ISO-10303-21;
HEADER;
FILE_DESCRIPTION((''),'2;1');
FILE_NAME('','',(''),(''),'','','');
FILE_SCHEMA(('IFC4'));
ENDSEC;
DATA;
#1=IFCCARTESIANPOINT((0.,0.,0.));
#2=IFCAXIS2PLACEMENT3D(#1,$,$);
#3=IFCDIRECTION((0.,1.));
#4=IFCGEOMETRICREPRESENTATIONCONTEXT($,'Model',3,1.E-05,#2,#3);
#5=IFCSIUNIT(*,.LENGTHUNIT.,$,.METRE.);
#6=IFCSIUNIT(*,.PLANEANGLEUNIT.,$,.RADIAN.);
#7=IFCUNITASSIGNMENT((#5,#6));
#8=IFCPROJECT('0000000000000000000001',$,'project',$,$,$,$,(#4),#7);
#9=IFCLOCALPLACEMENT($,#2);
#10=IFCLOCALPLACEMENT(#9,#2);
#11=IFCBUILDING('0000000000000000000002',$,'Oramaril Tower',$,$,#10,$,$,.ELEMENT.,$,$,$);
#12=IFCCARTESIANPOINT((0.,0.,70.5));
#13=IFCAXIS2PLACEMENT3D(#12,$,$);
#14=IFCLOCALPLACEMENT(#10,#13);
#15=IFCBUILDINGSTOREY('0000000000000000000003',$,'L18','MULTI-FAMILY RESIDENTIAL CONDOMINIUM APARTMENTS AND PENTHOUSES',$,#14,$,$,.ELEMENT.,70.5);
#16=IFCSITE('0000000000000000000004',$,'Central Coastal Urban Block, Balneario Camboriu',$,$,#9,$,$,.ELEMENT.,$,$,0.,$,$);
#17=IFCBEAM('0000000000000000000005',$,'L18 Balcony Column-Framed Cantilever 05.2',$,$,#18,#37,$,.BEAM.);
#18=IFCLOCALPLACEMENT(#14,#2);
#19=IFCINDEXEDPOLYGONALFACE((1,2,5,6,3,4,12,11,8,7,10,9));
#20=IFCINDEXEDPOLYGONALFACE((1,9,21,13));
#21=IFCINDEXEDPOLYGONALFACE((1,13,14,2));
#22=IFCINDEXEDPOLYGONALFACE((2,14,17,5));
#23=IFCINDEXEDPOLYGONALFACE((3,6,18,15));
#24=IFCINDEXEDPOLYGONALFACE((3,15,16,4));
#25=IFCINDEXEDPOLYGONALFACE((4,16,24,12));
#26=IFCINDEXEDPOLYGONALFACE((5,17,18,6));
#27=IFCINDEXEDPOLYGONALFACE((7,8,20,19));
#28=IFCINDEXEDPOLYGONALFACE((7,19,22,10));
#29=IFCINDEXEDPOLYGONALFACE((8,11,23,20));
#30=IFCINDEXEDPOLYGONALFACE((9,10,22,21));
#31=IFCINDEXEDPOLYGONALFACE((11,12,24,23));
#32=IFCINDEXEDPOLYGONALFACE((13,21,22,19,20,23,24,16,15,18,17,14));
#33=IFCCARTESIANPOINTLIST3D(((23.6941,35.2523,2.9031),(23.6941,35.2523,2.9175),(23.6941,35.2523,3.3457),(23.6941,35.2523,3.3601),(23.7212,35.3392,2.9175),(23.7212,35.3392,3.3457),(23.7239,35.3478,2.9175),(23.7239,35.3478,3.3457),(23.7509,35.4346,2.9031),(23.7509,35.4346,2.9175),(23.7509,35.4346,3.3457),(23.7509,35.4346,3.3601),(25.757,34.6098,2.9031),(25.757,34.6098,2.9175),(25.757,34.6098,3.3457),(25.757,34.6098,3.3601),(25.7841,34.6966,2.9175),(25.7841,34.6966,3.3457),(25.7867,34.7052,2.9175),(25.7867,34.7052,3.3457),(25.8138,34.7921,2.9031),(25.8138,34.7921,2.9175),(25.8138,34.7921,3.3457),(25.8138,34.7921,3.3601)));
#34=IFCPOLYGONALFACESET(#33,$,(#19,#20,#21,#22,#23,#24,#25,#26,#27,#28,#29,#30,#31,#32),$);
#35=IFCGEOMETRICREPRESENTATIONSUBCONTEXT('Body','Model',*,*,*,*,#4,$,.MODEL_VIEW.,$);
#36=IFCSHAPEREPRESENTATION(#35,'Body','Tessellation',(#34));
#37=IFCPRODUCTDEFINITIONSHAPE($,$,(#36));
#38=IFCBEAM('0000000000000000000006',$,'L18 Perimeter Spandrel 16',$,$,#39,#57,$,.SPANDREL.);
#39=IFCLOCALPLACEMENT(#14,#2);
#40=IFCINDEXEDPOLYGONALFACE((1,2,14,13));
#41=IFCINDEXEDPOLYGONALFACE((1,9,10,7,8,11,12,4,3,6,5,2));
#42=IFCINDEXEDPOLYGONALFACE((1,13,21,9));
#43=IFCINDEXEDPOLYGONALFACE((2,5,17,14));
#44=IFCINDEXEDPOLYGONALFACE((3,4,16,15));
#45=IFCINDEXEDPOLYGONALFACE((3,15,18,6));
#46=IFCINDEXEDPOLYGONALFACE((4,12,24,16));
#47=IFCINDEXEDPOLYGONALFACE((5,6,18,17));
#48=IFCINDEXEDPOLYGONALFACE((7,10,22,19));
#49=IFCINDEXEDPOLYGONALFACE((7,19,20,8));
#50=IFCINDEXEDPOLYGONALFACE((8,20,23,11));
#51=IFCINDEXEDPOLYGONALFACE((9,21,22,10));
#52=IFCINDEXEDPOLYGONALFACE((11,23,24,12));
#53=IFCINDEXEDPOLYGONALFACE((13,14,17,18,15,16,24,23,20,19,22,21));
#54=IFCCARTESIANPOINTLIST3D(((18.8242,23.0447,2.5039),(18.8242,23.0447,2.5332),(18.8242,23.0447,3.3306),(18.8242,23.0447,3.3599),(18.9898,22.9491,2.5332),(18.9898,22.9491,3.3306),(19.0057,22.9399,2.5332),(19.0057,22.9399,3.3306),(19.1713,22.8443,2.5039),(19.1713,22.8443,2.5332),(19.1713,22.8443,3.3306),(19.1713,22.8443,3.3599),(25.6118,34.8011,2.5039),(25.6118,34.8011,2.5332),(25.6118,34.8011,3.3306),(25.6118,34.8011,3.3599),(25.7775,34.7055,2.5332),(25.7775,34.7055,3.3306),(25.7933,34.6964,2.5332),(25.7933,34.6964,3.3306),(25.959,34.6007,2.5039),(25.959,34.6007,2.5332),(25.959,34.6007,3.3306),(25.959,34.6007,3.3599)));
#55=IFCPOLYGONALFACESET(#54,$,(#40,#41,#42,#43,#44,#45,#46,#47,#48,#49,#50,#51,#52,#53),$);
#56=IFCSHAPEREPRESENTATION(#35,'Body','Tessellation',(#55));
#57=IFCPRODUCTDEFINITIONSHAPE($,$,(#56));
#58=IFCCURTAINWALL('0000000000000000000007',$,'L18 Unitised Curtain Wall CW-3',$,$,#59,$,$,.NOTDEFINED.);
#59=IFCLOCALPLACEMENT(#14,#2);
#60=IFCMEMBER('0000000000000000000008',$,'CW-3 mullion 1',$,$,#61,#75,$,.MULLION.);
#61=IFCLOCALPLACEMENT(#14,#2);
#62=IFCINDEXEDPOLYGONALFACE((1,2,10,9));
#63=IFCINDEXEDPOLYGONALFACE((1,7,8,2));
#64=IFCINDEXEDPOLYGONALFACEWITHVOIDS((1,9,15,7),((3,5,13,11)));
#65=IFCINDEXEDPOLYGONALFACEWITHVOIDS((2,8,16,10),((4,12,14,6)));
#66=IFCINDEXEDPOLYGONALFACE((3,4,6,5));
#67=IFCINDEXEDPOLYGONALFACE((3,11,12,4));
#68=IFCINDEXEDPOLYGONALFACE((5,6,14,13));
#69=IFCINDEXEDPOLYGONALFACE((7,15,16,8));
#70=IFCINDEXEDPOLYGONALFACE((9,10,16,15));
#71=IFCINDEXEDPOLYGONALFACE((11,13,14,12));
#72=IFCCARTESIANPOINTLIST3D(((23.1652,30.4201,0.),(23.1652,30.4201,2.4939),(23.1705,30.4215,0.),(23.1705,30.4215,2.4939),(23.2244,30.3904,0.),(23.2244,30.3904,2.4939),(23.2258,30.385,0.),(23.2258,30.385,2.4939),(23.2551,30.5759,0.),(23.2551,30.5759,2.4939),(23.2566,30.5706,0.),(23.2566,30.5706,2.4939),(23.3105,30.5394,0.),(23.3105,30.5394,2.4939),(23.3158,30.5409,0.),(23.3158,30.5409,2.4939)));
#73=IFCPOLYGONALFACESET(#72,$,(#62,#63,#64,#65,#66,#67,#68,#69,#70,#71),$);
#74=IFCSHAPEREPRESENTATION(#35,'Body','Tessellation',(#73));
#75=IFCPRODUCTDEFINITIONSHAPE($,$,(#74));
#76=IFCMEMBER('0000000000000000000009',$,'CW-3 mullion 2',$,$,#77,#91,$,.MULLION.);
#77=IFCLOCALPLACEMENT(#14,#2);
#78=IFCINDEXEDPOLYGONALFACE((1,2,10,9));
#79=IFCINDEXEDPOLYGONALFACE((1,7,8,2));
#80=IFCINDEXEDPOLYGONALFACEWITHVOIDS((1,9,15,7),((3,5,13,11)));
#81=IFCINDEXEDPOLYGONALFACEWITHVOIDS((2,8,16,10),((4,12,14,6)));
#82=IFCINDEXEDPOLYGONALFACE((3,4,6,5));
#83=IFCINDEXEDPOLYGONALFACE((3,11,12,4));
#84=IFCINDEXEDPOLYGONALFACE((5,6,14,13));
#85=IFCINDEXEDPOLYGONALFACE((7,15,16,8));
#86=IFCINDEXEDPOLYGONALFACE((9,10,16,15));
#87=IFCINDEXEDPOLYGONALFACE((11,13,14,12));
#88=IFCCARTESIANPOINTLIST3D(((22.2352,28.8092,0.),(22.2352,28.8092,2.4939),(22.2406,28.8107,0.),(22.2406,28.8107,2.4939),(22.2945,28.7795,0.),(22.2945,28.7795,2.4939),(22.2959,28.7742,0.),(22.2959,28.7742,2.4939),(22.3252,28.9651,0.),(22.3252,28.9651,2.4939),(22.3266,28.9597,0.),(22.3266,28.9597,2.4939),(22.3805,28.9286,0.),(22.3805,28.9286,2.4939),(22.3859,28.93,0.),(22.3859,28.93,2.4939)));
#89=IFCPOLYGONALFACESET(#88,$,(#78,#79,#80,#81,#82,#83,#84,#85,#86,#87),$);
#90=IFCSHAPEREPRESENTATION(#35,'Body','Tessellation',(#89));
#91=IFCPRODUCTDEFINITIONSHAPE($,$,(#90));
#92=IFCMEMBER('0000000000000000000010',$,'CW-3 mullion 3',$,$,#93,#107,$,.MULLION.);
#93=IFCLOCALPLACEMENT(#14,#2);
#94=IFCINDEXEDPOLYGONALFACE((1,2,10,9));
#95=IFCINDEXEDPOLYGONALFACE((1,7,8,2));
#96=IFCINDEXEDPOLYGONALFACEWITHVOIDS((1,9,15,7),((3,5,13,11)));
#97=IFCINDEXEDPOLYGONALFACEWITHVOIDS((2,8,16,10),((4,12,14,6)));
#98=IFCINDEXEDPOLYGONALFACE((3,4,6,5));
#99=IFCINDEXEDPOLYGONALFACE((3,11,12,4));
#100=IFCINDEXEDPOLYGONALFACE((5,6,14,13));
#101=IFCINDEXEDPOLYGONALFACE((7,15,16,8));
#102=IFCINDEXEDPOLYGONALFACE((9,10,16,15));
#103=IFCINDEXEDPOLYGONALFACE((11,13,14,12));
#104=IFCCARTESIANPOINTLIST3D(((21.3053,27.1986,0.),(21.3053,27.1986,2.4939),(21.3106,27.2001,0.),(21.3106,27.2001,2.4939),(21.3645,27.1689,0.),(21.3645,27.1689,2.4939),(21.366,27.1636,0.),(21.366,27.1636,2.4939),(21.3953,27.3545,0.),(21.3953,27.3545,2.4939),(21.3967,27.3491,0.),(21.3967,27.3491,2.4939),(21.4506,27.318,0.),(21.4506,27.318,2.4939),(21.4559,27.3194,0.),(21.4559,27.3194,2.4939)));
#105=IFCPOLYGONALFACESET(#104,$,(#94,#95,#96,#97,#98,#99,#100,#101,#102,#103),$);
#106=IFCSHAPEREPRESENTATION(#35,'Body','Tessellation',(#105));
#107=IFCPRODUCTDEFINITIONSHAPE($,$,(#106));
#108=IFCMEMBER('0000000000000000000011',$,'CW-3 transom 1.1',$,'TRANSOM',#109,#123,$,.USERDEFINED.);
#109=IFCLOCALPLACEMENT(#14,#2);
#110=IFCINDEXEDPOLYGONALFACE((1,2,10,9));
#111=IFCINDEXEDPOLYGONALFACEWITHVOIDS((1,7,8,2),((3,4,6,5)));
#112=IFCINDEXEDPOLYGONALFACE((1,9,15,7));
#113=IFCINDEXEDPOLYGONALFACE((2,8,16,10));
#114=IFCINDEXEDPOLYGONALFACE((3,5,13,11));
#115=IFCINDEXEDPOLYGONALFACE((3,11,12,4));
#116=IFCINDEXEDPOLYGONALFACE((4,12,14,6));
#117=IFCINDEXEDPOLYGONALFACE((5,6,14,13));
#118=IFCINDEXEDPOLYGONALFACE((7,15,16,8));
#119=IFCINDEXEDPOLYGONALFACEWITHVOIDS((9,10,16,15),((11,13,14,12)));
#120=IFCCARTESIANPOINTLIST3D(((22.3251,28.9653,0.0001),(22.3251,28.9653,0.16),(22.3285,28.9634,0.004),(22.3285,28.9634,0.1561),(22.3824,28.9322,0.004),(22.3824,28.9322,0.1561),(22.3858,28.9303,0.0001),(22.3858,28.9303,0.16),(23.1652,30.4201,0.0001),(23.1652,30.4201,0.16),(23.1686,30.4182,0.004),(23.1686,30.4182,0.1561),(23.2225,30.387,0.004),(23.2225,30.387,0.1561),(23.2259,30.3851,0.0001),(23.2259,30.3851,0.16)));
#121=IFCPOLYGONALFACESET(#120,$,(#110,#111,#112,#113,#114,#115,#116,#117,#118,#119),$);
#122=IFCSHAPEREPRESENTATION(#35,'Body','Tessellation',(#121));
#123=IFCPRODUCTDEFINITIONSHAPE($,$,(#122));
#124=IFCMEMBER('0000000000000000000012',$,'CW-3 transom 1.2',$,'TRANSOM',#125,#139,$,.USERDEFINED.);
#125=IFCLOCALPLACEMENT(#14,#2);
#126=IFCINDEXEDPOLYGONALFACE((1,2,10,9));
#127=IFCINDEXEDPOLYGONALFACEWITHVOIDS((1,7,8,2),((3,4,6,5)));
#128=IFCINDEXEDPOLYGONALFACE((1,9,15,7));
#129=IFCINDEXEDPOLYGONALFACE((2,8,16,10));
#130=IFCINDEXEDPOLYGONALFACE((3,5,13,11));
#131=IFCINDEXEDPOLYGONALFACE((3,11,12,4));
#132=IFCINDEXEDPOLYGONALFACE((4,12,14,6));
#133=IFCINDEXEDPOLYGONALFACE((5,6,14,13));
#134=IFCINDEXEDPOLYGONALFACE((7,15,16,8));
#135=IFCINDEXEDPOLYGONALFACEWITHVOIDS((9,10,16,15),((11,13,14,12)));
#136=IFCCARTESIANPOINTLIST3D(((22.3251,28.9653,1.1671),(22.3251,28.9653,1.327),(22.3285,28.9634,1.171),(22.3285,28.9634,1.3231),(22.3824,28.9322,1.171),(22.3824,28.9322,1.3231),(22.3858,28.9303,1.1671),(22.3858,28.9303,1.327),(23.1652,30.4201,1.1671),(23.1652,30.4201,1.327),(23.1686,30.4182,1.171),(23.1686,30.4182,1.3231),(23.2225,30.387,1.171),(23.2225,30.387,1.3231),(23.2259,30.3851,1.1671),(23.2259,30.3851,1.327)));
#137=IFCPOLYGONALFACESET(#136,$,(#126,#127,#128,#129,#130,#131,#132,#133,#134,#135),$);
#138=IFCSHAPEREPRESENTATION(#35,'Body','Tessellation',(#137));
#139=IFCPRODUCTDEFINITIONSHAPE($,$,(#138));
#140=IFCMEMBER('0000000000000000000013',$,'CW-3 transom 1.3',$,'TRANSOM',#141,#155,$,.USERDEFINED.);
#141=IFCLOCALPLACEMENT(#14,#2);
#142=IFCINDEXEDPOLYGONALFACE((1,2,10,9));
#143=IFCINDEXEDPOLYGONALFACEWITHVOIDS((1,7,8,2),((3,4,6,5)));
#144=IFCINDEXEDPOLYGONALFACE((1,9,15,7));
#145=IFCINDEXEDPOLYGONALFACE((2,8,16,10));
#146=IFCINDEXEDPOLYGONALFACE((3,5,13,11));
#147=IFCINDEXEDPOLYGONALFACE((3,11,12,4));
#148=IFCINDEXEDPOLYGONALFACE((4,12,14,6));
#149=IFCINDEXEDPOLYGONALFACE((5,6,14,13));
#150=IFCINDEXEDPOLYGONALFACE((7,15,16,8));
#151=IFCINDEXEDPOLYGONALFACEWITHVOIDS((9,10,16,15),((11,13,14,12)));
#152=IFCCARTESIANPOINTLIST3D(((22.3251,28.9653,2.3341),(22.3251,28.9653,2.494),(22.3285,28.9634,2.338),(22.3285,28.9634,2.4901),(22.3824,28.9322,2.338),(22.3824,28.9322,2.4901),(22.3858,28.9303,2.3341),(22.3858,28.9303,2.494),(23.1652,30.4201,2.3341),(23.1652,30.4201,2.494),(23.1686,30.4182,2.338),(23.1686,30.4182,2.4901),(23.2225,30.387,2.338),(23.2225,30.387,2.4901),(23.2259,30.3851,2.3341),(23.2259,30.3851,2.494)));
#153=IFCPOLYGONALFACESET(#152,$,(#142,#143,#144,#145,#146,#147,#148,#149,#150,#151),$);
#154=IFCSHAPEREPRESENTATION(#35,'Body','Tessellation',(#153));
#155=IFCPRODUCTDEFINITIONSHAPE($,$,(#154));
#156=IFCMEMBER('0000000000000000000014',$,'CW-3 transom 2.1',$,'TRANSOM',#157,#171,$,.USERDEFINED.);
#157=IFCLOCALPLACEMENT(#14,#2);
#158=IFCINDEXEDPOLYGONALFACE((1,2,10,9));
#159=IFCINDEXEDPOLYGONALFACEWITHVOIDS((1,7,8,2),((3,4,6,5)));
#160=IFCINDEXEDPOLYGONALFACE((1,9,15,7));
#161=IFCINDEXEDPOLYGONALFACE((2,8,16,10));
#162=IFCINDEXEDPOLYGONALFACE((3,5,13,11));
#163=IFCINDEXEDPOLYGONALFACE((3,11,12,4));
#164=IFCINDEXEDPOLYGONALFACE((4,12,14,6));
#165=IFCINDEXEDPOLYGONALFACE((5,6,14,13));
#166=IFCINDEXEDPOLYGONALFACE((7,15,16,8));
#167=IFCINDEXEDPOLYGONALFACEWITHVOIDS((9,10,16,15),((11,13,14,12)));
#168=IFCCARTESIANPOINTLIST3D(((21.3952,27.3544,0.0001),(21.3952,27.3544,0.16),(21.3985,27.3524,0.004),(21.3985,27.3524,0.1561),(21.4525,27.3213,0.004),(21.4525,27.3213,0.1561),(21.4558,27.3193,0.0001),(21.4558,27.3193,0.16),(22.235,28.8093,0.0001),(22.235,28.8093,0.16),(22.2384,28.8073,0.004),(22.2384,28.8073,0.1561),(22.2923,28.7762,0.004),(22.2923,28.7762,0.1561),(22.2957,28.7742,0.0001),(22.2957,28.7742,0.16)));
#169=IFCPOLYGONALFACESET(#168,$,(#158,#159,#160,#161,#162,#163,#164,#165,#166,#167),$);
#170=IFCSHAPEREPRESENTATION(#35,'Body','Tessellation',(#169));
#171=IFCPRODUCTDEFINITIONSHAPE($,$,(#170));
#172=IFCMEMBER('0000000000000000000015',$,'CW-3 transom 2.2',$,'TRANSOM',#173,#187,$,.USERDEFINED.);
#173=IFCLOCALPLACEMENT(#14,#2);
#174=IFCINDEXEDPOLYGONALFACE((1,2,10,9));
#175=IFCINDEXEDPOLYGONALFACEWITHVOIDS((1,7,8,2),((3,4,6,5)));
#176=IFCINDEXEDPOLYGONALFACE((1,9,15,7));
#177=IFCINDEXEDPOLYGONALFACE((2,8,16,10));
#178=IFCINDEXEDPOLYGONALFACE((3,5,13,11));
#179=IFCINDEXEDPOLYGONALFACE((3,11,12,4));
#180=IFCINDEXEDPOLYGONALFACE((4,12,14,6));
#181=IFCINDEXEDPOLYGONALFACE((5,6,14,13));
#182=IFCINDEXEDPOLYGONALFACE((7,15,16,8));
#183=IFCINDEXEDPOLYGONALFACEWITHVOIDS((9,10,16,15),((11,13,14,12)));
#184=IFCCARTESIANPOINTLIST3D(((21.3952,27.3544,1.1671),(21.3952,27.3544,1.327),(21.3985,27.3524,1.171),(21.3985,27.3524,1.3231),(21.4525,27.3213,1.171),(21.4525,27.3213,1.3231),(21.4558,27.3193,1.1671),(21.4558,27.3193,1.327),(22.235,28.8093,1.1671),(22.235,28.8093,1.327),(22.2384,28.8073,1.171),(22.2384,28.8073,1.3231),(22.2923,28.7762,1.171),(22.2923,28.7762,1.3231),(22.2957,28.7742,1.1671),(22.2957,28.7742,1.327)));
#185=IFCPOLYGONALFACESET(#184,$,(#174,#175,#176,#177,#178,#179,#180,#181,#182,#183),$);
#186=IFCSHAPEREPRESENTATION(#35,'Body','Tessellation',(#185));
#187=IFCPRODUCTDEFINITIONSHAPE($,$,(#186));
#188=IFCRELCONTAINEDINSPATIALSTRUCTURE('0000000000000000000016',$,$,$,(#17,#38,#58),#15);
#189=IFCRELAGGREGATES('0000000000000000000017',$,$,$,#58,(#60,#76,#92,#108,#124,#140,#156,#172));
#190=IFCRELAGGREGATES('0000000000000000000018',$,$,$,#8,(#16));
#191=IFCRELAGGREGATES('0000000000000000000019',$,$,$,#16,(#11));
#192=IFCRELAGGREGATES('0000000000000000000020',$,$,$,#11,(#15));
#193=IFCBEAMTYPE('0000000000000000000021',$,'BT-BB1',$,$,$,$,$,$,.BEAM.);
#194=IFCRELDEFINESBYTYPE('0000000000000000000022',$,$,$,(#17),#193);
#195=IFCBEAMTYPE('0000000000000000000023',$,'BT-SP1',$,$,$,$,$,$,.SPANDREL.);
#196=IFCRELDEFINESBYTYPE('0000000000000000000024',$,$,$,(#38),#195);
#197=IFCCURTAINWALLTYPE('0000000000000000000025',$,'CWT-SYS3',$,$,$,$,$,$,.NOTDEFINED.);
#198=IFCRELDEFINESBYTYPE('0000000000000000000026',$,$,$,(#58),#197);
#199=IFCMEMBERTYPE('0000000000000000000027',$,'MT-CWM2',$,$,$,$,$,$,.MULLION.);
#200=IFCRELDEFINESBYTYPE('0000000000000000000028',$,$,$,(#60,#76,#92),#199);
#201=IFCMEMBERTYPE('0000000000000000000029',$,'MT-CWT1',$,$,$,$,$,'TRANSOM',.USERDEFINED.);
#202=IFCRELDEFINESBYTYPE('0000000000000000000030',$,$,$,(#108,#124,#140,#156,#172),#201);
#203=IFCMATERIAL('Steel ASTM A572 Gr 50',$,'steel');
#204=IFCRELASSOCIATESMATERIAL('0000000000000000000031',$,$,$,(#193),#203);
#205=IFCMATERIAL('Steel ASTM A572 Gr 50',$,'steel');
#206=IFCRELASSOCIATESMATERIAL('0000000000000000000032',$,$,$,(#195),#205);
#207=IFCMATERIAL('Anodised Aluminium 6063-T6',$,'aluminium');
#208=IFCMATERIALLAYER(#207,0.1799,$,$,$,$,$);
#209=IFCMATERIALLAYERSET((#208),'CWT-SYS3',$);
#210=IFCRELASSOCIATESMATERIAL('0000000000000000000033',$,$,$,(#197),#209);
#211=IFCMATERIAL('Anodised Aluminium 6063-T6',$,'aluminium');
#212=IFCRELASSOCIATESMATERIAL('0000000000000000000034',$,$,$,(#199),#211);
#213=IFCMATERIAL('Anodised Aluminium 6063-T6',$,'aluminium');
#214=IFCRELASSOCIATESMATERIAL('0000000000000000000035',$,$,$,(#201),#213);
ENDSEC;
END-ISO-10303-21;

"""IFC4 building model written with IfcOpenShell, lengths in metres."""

from ifc_helpers import new_model, si_unit, direction, frame, origin, origin_2d, place, context, subcontext, project, spatial, hollow_rectangle, i_section, extrude, material, layer, layer_set, material_profile, profile_set, type_object, element, aggregate, save


model = new_model("IFC4")

# Units and contexts
model_context = context("Model", 3, precision=1e-05, world=origin(), true_north=direction((0.0, 1.0)))
body_context = subcontext(model_context, "Body", "Model", "MODEL_VIEW")
ifc_project = project(units=[si_unit("LENGTHUNIT", "METRE"), si_unit("PLANEANGLEUNIT", "RADIAN")], contexts=[model_context])

# Site, building, storey
site_placement = place(None, origin())
site = spatial("IfcSite", under=ifc_project, at=site_placement, Name="Central Coastal Urban Block, Balneario Camboriu", CompositionType="ELEMENT", RefElevation=0.0)
building_placement = place(site_placement, origin())
building = spatial("IfcBuilding", under=site, at=building_placement, Name="Oramaril Tower", CompositionType="ELEMENT")
storey_placement = place(building_placement, frame((0.0, 0.0, 70.5)))
storey = spatial("IfcBuildingStorey", under=building, at=storey_placement, Name="L18", Description="MULTI-FAMILY RESIDENTIAL CONDOMINIUM APARTMENTS AND PENTHOUSES", CompositionType="ELEMENT", Elevation=70.5)

# Beams
ifc_material_1 = material(Name="Steel ASTM A572 Gr 50", Category="steel")
ifc_material_profile_1 = material_profile(ifc_material_1, i_section(OverallWidth=0.1909, OverallDepth=0.457, WebThickness=0.009, FlangeThickness=0.0144, at=origin_2d()), Name="W18X50")
ifc_profile_set_1 = profile_set([ifc_material_profile_1], Name="Steel ASTM A572 Gr 50")
beam_type_1 = type_object("IfcBeamType", Name="BT-BB1", PredefinedType="BEAM", material=ifc_profile_set_1)
beam_1_placement = place(storey_placement, frame((25.7854, 34.7009, 3.1316), z_axis=(-0.954757, 0.297387, 0.0), x_axis=(-0.297387, -0.954757, 0.0)))
element("IfcBeam", 1, at=beam_1_placement, inside=storey, type_object=beam_type_1, Name="L18 Balcony Column-Framed Cantilever 05.2", PredefinedType="BEAM", context=body_context, shape_type="SweptSolid", body=[
    extrude(i_section(OverallWidth=0.1909, OverallDepth=0.457, WebThickness=0.009, FlangeThickness=0.0144, at=origin_2d()), origin(), (0.0, 0.0, 1.0), 2.1606),
])
ifc_material_2 = material(Name="Steel ASTM A572 Gr 50", Category="steel")
ifc_material_profile_2 = material_profile(ifc_material_2, i_section(OverallWidth=0.4009, OverallDepth=0.856, WebThickness=0.0183, FlangeThickness=0.0293, at=origin_2d()), Name="W33X201")
ifc_profile_set_2 = profile_set([ifc_material_profile_2], Name="Steel ASTM A572 Gr 50")
beam_type_2 = type_object("IfcBeamType", Name="BT-SP1", PredefinedType="SPANDREL", material=ifc_profile_set_2)
beam_2_placement = place(storey_placement, frame((25.7854, 34.7009, 2.9319), z_axis=(-0.500004, -0.866023, 0.0), x_axis=(0.866023, -0.500004, 0.0)))
element("IfcBeam", 2, at=beam_2_placement, inside=storey, type_object=beam_type_2, Name="L18 Perimeter Spandrel 16", PredefinedType="SPANDREL", context=body_context, shape_type="SweptSolid", body=[
    extrude(i_section(OverallWidth=0.4009, OverallDepth=0.856, WebThickness=0.0183, FlangeThickness=0.0293, at=origin_2d()), origin(), (0.0, 0.0, 1.0), 13.5752),
])

# Curtain wall, members
ifc_material_3 = material(Name="Anodised Aluminium 6063-T6", Category="aluminium")
ifc_layer_1 = layer(ifc_material_3, 0.1799)
ifc_layer_set_1 = layer_set([ifc_layer_1], Name="CWT-SYS3")
curtain_wall_type = type_object("IfcCurtainWallType", Name="CWT-SYS3", PredefinedType="NOTDEFINED", material=ifc_layer_set_1)
curtain_wall_placement = place(storey_placement, origin())
curtain_wall = element("IfcCurtainWall", 3, at=curtain_wall_placement, inside=storey, type_object=curtain_wall_type, Name="L18 Unitised Curtain Wall CW-3", PredefinedType="NOTDEFINED")
ifc_material_4 = material(Name="Anodised Aluminium 6063-T6", Category="aluminium")
ifc_material_profile_3 = material_profile(ifc_material_4, hollow_rectangle(XDim=0.0701, YDim=0.1799, WallThickness=0.0039, at=origin_2d()), Name="CWM180X70")
ifc_profile_set_3 = profile_set([ifc_material_profile_3], Name="Anodised Aluminium 6063-T6")
member_type_1 = type_object("IfcMemberType", Name="MT-CWM2", PredefinedType="MULLION", material=ifc_profile_set_3)
member_1_placement = place(storey_placement, frame((23.2405, 30.4805, 0.0), z_axis=(0.0, 0.0, 1.0), x_axis=(0.866025, -0.5, 0.0)))
member_1 = element("IfcMember", 4, at=member_1_placement, type_object=member_type_1, Name="CW-3 mullion 1", PredefinedType="MULLION", context=body_context, shape_type="SweptSolid", body=[
    extrude(hollow_rectangle(XDim=0.0701, YDim=0.1799, WallThickness=0.0039, at=origin_2d()), origin(), (0.0, 0.0, 1.0), 2.4939),
])
member_2_placement = place(storey_placement, frame((22.3105, 28.8696, 0.0), z_axis=(0.0, 0.0, 1.0), x_axis=(0.866025, -0.5, 0.0)))
member_2 = element("IfcMember", 5, at=member_2_placement, type_object=member_type_1, Name="CW-3 mullion 2", PredefinedType="MULLION", context=body_context, shape_type="SweptSolid", body=[
    extrude(hollow_rectangle(XDim=0.0701, YDim=0.1799, WallThickness=0.0039, at=origin_2d()), origin(), (0.0, 0.0, 1.0), 2.4939),
])
member_3_placement = place(storey_placement, frame((21.3806, 27.259, 0.0), z_axis=(0.0, 0.0, 1.0), x_axis=(0.866025, -0.5, 0.0)))
member_3 = element("IfcMember", 6, at=member_3_placement, type_object=member_type_1, Name="CW-3 mullion 3", PredefinedType="MULLION", context=body_context, shape_type="SweptSolid", body=[
    extrude(hollow_rectangle(XDim=0.0701, YDim=0.1799, WallThickness=0.0039, at=origin_2d()), origin(), (0.0, 0.0, 1.0), 2.4939),
])
ifc_material_5 = material(Name="Anodised Aluminium 6063-T6", Category="aluminium")
ifc_material_profile_4 = material_profile(ifc_material_5, hollow_rectangle(XDim=0.0701, YDim=0.1599, WallThickness=0.0039, at=origin_2d()), Name="CWT160X70")
ifc_profile_set_4 = profile_set([ifc_material_profile_4], Name="Anodised Aluminium 6063-T6")
member_type_2 = type_object("IfcMemberType", Name="MT-CWT1", ElementType="TRANSOM", PredefinedType="USERDEFINED", material=ifc_profile_set_4)
member_4_placement = place(storey_placement, frame((23.1956, 30.4026, 0.0801), z_axis=(-0.500062, -0.86599, 0.0), x_axis=(0.86599, -0.500062, 0.0)))
member_4 = element("IfcMember", 7, at=member_4_placement, type_object=member_type_2, Name="CW-3 transom 1.1", ObjectType="TRANSOM", PredefinedType="USERDEFINED", context=body_context, shape_type="SweptSolid", body=[
    extrude(hollow_rectangle(XDim=0.0701, YDim=0.1599, WallThickness=0.0039, at=origin_2d()), origin(), (0.0, 0.0, 1.0), 1.6799),
])
member_5_placement = place(storey_placement, frame((23.1956, 30.4026, 1.2471), z_axis=(-0.500062, -0.86599, 0.0), x_axis=(0.86599, -0.500062, 0.0)))
member_5 = element("IfcMember", 8, at=member_5_placement, type_object=member_type_2, Name="CW-3 transom 1.2", ObjectType="TRANSOM", PredefinedType="USERDEFINED", context=body_context, shape_type="SweptSolid", body=[
    extrude(hollow_rectangle(XDim=0.0701, YDim=0.1599, WallThickness=0.0039, at=origin_2d()), origin(), (0.0, 0.0, 1.0), 1.6799),
])
member_6_placement = place(storey_placement, frame((23.1956, 30.4026, 2.4141), z_axis=(-0.500062, -0.86599, 0.0), x_axis=(0.86599, -0.500062, 0.0)))
member_6 = element("IfcMember", 9, at=member_6_placement, type_object=member_type_2, Name="CW-3 transom 1.3", ObjectType="TRANSOM", PredefinedType="USERDEFINED", context=body_context, shape_type="SweptSolid", body=[
    extrude(hollow_rectangle(XDim=0.0701, YDim=0.1599, WallThickness=0.0039, at=origin_2d()), origin(), (0.0, 0.0, 1.0), 1.6799),
])
member_7_placement = place(storey_placement, frame((22.2654, 28.7917, 0.0801), z_axis=(-0.499953, -0.866052, 0.0), x_axis=(0.866052, -0.499953, 0.0)))
member_7 = element("IfcMember", 10, at=member_7_placement, type_object=member_type_2, Name="CW-3 transom 2.1", ObjectType="TRANSOM", PredefinedType="USERDEFINED", context=body_context, shape_type="SweptSolid", body=[
    extrude(hollow_rectangle(XDim=0.0701, YDim=0.1599, WallThickness=0.0039, at=origin_2d()), origin(), (0.0, 0.0, 1.0), 1.6799),
])
member_8_placement = place(storey_placement, frame((22.2654, 28.7917, 1.2471), z_axis=(-0.499953, -0.866052, 0.0), x_axis=(0.866052, -0.499953, 0.0)))
member_8 = element("IfcMember", 11, at=member_8_placement, type_object=member_type_2, Name="CW-3 transom 2.2", ObjectType="TRANSOM", PredefinedType="USERDEFINED", context=body_context, shape_type="SweptSolid", body=[
    extrude(hollow_rectangle(XDim=0.0701, YDim=0.1599, WallThickness=0.0039, at=origin_2d()), origin(), (0.0, 0.0, 1.0), 1.6799),
])
aggregate(curtain_wall, [member_1, member_2, member_3, member_4, member_5, member_6, member_7, member_8])

save(model, "model.ifc")
